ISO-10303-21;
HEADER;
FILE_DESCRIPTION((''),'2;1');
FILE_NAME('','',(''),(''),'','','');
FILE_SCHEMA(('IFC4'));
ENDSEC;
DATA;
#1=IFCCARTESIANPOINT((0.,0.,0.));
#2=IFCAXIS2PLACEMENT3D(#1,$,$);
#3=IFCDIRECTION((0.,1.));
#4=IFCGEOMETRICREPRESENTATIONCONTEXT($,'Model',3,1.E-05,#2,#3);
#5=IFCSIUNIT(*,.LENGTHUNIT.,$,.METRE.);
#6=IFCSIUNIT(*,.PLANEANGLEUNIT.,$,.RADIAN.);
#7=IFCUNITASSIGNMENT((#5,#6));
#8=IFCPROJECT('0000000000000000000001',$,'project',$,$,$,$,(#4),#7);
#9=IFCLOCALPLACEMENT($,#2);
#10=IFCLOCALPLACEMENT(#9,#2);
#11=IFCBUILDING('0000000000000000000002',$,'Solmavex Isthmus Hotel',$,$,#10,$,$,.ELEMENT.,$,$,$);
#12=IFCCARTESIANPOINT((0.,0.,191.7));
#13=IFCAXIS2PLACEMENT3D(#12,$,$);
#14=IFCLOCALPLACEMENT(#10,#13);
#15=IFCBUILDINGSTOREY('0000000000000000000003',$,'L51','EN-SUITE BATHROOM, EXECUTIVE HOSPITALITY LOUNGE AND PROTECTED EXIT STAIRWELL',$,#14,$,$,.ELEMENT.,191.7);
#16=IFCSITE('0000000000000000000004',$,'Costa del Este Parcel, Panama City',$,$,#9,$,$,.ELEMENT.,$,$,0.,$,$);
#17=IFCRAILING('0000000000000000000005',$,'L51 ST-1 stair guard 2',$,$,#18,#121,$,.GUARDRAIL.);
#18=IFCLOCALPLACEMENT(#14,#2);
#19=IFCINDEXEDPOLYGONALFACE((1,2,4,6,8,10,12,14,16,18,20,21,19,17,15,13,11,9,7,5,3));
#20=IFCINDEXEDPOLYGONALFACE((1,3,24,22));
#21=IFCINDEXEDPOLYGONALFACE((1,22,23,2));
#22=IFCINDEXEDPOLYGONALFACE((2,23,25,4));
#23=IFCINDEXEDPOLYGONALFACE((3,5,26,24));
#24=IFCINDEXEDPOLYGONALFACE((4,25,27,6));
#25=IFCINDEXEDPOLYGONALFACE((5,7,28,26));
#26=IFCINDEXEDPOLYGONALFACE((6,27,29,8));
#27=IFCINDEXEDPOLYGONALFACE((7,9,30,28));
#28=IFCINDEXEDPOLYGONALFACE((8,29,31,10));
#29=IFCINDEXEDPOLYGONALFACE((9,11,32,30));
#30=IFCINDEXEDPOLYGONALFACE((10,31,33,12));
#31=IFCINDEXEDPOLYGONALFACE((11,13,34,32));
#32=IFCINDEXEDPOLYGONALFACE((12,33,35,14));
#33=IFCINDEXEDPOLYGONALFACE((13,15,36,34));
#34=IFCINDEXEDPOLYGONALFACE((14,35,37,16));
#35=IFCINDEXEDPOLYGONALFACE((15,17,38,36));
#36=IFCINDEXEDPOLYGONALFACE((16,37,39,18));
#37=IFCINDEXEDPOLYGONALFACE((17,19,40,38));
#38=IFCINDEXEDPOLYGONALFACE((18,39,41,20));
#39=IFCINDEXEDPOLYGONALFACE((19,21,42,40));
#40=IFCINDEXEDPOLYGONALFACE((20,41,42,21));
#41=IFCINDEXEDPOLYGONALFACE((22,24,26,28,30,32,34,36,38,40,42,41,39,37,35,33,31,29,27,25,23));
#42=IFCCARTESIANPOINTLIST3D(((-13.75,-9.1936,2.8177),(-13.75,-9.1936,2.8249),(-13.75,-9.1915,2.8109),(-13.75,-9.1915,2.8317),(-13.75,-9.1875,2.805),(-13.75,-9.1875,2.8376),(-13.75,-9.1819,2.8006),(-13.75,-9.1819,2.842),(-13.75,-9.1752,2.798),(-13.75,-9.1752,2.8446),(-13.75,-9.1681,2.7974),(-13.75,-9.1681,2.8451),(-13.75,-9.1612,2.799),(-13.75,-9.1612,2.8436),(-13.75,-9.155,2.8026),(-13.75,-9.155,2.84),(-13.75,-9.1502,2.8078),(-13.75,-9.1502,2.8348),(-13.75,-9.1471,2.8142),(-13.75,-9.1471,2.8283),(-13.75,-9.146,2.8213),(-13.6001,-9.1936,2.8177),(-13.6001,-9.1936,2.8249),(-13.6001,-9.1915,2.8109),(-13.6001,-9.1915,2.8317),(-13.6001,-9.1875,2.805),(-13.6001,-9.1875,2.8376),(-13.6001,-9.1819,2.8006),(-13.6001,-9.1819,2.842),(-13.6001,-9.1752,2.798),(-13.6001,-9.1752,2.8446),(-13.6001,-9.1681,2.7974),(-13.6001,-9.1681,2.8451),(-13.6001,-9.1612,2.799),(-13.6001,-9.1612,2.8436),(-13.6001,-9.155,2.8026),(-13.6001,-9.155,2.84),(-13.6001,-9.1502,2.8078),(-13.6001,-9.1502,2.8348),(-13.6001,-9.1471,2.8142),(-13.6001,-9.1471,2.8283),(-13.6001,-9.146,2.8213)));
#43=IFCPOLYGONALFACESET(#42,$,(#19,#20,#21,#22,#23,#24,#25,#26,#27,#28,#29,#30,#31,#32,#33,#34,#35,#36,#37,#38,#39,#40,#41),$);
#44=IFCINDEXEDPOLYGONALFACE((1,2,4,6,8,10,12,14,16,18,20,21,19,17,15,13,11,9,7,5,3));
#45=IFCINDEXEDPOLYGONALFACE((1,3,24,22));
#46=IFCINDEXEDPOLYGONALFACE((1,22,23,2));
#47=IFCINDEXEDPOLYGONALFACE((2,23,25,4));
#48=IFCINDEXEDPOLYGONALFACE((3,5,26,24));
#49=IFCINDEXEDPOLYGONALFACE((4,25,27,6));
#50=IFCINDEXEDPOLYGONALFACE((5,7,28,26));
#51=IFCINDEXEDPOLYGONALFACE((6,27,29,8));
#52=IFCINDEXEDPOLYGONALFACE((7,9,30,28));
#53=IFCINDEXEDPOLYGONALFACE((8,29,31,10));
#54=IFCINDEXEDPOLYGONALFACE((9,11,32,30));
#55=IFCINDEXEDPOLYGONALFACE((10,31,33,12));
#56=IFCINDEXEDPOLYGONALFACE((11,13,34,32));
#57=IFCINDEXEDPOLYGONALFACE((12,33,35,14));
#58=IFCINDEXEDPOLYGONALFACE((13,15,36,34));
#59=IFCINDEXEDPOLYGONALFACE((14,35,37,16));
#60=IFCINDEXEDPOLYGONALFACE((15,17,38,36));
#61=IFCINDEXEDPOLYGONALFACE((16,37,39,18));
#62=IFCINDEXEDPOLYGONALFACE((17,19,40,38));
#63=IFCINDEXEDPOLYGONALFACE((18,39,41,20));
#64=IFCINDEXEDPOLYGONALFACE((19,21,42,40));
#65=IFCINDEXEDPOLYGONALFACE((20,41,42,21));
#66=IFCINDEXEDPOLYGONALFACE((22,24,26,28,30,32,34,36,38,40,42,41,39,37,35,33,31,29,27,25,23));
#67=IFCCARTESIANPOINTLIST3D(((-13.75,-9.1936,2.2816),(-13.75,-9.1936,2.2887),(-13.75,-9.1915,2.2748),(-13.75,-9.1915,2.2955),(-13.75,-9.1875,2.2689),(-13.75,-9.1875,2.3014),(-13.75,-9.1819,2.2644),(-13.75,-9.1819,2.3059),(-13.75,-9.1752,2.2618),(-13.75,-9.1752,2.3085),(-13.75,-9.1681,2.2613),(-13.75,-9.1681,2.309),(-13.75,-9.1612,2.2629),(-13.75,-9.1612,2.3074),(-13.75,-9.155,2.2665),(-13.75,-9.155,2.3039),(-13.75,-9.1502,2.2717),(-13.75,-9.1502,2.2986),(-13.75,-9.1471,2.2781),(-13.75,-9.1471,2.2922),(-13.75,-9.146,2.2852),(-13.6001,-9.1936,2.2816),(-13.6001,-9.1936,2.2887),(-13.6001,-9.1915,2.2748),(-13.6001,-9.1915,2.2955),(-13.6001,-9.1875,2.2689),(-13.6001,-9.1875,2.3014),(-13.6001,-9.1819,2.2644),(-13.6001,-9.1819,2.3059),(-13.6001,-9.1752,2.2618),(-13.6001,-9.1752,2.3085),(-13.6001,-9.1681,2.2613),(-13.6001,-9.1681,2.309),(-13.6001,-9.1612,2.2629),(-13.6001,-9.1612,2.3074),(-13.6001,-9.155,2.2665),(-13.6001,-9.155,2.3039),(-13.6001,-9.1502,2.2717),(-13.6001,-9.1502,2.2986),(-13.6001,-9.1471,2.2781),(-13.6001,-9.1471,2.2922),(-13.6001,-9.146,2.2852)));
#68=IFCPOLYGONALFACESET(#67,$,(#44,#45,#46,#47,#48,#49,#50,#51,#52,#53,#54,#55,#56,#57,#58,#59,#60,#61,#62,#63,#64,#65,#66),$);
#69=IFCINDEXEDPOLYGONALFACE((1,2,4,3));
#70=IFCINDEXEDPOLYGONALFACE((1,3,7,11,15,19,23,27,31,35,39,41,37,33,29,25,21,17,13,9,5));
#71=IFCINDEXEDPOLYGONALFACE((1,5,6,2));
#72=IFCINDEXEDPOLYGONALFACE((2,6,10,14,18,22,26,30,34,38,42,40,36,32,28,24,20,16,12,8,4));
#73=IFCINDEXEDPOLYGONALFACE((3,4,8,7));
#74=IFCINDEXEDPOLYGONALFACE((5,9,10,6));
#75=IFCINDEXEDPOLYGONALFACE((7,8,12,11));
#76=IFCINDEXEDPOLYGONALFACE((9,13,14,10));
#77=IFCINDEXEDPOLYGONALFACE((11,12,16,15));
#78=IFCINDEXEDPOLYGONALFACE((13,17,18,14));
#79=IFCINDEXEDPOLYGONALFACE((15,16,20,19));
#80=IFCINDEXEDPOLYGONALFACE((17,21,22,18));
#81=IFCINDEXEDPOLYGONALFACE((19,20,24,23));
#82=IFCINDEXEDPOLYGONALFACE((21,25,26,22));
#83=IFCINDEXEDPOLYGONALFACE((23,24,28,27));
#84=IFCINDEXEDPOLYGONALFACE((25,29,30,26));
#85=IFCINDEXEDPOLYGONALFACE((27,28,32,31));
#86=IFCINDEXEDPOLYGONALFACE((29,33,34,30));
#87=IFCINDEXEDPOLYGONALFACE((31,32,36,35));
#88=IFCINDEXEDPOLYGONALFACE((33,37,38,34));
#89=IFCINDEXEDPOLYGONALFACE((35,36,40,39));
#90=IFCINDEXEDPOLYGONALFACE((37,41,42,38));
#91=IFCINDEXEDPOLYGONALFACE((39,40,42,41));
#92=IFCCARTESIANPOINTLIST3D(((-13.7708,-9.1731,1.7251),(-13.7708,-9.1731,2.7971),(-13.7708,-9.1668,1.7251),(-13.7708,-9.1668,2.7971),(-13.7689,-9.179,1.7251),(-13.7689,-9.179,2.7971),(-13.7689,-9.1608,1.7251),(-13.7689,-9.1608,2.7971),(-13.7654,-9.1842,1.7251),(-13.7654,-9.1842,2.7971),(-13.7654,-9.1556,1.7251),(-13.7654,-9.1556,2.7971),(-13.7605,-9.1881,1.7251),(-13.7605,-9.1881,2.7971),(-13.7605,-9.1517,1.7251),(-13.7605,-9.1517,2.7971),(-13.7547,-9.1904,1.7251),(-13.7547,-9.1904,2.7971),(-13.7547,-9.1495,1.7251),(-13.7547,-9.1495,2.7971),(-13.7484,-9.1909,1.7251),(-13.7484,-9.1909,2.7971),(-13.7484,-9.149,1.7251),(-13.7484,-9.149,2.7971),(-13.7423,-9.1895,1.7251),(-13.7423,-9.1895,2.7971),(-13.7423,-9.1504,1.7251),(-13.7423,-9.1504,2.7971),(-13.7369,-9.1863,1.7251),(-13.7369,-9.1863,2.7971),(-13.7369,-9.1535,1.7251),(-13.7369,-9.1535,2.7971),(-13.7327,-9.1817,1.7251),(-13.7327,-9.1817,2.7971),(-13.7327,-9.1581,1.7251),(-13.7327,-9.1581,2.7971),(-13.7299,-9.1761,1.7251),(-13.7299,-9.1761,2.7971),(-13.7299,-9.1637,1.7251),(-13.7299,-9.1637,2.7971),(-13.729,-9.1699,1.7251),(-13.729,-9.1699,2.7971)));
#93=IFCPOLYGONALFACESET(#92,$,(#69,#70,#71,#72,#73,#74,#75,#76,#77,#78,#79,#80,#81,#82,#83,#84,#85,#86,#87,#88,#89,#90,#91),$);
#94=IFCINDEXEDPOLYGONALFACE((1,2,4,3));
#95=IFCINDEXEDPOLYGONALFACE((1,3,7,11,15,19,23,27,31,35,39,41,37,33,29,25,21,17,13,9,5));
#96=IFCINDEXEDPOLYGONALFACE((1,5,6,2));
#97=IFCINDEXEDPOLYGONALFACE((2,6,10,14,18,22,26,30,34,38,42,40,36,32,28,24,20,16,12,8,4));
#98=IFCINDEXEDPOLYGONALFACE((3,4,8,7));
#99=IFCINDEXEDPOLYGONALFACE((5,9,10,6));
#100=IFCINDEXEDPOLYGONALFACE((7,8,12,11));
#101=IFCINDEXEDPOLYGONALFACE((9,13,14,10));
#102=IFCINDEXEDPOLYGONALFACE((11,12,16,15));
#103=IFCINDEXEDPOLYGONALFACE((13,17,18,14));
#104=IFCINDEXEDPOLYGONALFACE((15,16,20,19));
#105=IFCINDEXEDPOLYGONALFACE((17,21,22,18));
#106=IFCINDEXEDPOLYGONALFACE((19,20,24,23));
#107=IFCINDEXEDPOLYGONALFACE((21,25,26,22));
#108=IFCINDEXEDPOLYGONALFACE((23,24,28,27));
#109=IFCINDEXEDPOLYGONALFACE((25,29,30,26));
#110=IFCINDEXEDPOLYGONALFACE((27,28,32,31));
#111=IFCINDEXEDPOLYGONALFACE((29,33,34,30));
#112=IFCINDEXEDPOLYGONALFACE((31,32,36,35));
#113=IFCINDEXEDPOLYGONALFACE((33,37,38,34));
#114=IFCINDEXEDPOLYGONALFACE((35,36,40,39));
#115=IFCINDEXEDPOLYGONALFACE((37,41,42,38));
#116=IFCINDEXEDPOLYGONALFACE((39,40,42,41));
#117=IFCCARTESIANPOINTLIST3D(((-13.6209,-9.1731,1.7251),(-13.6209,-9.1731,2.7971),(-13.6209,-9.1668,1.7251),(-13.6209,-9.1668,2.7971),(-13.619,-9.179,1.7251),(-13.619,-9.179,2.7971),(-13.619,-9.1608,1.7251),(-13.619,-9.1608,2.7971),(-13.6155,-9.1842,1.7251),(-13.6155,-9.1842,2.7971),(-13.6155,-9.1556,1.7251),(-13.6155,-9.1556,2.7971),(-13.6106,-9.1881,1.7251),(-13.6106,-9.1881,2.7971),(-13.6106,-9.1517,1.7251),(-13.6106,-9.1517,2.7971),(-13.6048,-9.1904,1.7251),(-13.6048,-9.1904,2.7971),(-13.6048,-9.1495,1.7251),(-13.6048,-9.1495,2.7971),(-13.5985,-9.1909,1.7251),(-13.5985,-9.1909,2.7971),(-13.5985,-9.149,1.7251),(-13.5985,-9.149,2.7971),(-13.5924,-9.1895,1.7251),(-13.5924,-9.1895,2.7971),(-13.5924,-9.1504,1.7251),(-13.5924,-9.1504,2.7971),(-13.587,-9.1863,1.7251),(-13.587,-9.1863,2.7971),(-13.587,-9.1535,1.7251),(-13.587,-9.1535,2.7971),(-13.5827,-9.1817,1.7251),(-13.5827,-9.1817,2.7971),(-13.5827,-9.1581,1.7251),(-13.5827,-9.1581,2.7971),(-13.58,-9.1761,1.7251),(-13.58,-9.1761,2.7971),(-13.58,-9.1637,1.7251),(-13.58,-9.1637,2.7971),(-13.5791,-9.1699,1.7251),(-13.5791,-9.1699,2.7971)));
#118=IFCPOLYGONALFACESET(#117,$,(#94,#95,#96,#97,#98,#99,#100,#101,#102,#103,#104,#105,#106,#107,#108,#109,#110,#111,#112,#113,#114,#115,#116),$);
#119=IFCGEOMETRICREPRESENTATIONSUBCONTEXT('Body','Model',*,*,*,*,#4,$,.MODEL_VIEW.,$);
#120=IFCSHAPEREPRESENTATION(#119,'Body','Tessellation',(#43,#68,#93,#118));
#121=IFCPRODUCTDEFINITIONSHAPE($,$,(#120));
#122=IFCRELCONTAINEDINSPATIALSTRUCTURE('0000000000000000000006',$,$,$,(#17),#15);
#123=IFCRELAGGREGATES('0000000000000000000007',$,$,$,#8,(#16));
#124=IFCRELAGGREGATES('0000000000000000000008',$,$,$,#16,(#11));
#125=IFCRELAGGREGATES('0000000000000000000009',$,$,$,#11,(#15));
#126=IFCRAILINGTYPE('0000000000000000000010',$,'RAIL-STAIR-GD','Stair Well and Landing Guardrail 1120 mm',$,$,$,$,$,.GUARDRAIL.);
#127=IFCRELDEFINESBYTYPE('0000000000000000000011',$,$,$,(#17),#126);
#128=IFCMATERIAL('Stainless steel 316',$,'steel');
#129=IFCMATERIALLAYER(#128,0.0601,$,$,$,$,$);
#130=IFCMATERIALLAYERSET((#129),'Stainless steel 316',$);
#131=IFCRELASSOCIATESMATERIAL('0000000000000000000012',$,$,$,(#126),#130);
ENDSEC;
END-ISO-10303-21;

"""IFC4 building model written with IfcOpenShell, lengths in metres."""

from ifc_helpers import new_model, si_unit, direction, frame, origin, origin_2d, place, context, subcontext, project, spatial, circle, extrude, material, layer, layer_set, type_object, element, save


model = new_model("IFC4")

# Units and contexts
model_context = context("Model", 3, precision=1e-05, world=origin(), true_north=direction((0.0, 1.0)))
body_context = subcontext(model_context, "Body", "Model", "MODEL_VIEW")
ifc_project = project(units=[si_unit("LENGTHUNIT", "METRE"), si_unit("PLANEANGLEUNIT", "RADIAN")], contexts=[model_context])

# Site, building, storey
site_placement = place(None, origin())
site = spatial("IfcSite", under=ifc_project, at=site_placement, Name="Costa del Este Parcel, Panama City", CompositionType="ELEMENT", RefElevation=0.0)
building_placement = place(site_placement, origin())
building = spatial("IfcBuilding", under=site, at=building_placement, Name="Solmavex Isthmus Hotel", CompositionType="ELEMENT")
storey_placement = place(building_placement, frame((0.0, 0.0, 191.7)))
storey = spatial("IfcBuildingStorey", under=building, at=storey_placement, Name="L51", Description="EN-SUITE BATHROOM, EXECUTIVE HOSPITALITY LOUNGE AND PROTECTED EXIT STAIRWELL", CompositionType="ELEMENT", Elevation=191.7)

# Railing
ifc_material_1 = material(Name="Stainless steel 316", Category="steel")
ifc_layer_1 = layer(ifc_material_1, 0.0601)
ifc_layer_set_1 = layer_set([ifc_layer_1], Name="Stainless steel 316")
railing_type_1 = type_object("IfcRailingType", Name="RAIL-STAIR-GD", Description="Stair Well and Landing Guardrail 1120 mm", PredefinedType="GUARDRAIL", material=ifc_layer_set_1)
for number, where, name in (
    (1, (-13.75, -9.1699, 1.7251), "L51 ST-1 stair guard 2"),
):
    element("IfcRailing", number, at=place(storey_placement, frame(where)), inside=storey, type_object=railing_type_1, Name=name, PredefinedType="GUARDRAIL", context=body_context, shape_type="SweptSolid", body=[
        extrude(circle(Radius=0.0239, at=origin_2d()), frame((0.0, 0.0, 1.0962), z_axis=(1.0, 0.0, 0.0), x_axis=(0.0, 1.0, 0.0)), (0.0, 0.0, 1.0), 0.1499),
        extrude(circle(Radius=0.0239, at=origin_2d()), frame((0.0, 0.0, 0.5601), z_axis=(1.0, 0.0, 0.0), x_axis=(0.0, 1.0, 0.0)), (0.0, 0.0, 1.0), 0.1499),
        extrude(circle(Radius=0.021, at=origin_2d()), origin(), (0.0, 0.0, 1.0), 1.072),
        extrude(circle(Radius=0.021, at=origin_2d()), frame((0.1499, 0.0, 0.0)), (0.0, 0.0, 1.0), 1.072),
    ])

save(model, "model.ifc")
